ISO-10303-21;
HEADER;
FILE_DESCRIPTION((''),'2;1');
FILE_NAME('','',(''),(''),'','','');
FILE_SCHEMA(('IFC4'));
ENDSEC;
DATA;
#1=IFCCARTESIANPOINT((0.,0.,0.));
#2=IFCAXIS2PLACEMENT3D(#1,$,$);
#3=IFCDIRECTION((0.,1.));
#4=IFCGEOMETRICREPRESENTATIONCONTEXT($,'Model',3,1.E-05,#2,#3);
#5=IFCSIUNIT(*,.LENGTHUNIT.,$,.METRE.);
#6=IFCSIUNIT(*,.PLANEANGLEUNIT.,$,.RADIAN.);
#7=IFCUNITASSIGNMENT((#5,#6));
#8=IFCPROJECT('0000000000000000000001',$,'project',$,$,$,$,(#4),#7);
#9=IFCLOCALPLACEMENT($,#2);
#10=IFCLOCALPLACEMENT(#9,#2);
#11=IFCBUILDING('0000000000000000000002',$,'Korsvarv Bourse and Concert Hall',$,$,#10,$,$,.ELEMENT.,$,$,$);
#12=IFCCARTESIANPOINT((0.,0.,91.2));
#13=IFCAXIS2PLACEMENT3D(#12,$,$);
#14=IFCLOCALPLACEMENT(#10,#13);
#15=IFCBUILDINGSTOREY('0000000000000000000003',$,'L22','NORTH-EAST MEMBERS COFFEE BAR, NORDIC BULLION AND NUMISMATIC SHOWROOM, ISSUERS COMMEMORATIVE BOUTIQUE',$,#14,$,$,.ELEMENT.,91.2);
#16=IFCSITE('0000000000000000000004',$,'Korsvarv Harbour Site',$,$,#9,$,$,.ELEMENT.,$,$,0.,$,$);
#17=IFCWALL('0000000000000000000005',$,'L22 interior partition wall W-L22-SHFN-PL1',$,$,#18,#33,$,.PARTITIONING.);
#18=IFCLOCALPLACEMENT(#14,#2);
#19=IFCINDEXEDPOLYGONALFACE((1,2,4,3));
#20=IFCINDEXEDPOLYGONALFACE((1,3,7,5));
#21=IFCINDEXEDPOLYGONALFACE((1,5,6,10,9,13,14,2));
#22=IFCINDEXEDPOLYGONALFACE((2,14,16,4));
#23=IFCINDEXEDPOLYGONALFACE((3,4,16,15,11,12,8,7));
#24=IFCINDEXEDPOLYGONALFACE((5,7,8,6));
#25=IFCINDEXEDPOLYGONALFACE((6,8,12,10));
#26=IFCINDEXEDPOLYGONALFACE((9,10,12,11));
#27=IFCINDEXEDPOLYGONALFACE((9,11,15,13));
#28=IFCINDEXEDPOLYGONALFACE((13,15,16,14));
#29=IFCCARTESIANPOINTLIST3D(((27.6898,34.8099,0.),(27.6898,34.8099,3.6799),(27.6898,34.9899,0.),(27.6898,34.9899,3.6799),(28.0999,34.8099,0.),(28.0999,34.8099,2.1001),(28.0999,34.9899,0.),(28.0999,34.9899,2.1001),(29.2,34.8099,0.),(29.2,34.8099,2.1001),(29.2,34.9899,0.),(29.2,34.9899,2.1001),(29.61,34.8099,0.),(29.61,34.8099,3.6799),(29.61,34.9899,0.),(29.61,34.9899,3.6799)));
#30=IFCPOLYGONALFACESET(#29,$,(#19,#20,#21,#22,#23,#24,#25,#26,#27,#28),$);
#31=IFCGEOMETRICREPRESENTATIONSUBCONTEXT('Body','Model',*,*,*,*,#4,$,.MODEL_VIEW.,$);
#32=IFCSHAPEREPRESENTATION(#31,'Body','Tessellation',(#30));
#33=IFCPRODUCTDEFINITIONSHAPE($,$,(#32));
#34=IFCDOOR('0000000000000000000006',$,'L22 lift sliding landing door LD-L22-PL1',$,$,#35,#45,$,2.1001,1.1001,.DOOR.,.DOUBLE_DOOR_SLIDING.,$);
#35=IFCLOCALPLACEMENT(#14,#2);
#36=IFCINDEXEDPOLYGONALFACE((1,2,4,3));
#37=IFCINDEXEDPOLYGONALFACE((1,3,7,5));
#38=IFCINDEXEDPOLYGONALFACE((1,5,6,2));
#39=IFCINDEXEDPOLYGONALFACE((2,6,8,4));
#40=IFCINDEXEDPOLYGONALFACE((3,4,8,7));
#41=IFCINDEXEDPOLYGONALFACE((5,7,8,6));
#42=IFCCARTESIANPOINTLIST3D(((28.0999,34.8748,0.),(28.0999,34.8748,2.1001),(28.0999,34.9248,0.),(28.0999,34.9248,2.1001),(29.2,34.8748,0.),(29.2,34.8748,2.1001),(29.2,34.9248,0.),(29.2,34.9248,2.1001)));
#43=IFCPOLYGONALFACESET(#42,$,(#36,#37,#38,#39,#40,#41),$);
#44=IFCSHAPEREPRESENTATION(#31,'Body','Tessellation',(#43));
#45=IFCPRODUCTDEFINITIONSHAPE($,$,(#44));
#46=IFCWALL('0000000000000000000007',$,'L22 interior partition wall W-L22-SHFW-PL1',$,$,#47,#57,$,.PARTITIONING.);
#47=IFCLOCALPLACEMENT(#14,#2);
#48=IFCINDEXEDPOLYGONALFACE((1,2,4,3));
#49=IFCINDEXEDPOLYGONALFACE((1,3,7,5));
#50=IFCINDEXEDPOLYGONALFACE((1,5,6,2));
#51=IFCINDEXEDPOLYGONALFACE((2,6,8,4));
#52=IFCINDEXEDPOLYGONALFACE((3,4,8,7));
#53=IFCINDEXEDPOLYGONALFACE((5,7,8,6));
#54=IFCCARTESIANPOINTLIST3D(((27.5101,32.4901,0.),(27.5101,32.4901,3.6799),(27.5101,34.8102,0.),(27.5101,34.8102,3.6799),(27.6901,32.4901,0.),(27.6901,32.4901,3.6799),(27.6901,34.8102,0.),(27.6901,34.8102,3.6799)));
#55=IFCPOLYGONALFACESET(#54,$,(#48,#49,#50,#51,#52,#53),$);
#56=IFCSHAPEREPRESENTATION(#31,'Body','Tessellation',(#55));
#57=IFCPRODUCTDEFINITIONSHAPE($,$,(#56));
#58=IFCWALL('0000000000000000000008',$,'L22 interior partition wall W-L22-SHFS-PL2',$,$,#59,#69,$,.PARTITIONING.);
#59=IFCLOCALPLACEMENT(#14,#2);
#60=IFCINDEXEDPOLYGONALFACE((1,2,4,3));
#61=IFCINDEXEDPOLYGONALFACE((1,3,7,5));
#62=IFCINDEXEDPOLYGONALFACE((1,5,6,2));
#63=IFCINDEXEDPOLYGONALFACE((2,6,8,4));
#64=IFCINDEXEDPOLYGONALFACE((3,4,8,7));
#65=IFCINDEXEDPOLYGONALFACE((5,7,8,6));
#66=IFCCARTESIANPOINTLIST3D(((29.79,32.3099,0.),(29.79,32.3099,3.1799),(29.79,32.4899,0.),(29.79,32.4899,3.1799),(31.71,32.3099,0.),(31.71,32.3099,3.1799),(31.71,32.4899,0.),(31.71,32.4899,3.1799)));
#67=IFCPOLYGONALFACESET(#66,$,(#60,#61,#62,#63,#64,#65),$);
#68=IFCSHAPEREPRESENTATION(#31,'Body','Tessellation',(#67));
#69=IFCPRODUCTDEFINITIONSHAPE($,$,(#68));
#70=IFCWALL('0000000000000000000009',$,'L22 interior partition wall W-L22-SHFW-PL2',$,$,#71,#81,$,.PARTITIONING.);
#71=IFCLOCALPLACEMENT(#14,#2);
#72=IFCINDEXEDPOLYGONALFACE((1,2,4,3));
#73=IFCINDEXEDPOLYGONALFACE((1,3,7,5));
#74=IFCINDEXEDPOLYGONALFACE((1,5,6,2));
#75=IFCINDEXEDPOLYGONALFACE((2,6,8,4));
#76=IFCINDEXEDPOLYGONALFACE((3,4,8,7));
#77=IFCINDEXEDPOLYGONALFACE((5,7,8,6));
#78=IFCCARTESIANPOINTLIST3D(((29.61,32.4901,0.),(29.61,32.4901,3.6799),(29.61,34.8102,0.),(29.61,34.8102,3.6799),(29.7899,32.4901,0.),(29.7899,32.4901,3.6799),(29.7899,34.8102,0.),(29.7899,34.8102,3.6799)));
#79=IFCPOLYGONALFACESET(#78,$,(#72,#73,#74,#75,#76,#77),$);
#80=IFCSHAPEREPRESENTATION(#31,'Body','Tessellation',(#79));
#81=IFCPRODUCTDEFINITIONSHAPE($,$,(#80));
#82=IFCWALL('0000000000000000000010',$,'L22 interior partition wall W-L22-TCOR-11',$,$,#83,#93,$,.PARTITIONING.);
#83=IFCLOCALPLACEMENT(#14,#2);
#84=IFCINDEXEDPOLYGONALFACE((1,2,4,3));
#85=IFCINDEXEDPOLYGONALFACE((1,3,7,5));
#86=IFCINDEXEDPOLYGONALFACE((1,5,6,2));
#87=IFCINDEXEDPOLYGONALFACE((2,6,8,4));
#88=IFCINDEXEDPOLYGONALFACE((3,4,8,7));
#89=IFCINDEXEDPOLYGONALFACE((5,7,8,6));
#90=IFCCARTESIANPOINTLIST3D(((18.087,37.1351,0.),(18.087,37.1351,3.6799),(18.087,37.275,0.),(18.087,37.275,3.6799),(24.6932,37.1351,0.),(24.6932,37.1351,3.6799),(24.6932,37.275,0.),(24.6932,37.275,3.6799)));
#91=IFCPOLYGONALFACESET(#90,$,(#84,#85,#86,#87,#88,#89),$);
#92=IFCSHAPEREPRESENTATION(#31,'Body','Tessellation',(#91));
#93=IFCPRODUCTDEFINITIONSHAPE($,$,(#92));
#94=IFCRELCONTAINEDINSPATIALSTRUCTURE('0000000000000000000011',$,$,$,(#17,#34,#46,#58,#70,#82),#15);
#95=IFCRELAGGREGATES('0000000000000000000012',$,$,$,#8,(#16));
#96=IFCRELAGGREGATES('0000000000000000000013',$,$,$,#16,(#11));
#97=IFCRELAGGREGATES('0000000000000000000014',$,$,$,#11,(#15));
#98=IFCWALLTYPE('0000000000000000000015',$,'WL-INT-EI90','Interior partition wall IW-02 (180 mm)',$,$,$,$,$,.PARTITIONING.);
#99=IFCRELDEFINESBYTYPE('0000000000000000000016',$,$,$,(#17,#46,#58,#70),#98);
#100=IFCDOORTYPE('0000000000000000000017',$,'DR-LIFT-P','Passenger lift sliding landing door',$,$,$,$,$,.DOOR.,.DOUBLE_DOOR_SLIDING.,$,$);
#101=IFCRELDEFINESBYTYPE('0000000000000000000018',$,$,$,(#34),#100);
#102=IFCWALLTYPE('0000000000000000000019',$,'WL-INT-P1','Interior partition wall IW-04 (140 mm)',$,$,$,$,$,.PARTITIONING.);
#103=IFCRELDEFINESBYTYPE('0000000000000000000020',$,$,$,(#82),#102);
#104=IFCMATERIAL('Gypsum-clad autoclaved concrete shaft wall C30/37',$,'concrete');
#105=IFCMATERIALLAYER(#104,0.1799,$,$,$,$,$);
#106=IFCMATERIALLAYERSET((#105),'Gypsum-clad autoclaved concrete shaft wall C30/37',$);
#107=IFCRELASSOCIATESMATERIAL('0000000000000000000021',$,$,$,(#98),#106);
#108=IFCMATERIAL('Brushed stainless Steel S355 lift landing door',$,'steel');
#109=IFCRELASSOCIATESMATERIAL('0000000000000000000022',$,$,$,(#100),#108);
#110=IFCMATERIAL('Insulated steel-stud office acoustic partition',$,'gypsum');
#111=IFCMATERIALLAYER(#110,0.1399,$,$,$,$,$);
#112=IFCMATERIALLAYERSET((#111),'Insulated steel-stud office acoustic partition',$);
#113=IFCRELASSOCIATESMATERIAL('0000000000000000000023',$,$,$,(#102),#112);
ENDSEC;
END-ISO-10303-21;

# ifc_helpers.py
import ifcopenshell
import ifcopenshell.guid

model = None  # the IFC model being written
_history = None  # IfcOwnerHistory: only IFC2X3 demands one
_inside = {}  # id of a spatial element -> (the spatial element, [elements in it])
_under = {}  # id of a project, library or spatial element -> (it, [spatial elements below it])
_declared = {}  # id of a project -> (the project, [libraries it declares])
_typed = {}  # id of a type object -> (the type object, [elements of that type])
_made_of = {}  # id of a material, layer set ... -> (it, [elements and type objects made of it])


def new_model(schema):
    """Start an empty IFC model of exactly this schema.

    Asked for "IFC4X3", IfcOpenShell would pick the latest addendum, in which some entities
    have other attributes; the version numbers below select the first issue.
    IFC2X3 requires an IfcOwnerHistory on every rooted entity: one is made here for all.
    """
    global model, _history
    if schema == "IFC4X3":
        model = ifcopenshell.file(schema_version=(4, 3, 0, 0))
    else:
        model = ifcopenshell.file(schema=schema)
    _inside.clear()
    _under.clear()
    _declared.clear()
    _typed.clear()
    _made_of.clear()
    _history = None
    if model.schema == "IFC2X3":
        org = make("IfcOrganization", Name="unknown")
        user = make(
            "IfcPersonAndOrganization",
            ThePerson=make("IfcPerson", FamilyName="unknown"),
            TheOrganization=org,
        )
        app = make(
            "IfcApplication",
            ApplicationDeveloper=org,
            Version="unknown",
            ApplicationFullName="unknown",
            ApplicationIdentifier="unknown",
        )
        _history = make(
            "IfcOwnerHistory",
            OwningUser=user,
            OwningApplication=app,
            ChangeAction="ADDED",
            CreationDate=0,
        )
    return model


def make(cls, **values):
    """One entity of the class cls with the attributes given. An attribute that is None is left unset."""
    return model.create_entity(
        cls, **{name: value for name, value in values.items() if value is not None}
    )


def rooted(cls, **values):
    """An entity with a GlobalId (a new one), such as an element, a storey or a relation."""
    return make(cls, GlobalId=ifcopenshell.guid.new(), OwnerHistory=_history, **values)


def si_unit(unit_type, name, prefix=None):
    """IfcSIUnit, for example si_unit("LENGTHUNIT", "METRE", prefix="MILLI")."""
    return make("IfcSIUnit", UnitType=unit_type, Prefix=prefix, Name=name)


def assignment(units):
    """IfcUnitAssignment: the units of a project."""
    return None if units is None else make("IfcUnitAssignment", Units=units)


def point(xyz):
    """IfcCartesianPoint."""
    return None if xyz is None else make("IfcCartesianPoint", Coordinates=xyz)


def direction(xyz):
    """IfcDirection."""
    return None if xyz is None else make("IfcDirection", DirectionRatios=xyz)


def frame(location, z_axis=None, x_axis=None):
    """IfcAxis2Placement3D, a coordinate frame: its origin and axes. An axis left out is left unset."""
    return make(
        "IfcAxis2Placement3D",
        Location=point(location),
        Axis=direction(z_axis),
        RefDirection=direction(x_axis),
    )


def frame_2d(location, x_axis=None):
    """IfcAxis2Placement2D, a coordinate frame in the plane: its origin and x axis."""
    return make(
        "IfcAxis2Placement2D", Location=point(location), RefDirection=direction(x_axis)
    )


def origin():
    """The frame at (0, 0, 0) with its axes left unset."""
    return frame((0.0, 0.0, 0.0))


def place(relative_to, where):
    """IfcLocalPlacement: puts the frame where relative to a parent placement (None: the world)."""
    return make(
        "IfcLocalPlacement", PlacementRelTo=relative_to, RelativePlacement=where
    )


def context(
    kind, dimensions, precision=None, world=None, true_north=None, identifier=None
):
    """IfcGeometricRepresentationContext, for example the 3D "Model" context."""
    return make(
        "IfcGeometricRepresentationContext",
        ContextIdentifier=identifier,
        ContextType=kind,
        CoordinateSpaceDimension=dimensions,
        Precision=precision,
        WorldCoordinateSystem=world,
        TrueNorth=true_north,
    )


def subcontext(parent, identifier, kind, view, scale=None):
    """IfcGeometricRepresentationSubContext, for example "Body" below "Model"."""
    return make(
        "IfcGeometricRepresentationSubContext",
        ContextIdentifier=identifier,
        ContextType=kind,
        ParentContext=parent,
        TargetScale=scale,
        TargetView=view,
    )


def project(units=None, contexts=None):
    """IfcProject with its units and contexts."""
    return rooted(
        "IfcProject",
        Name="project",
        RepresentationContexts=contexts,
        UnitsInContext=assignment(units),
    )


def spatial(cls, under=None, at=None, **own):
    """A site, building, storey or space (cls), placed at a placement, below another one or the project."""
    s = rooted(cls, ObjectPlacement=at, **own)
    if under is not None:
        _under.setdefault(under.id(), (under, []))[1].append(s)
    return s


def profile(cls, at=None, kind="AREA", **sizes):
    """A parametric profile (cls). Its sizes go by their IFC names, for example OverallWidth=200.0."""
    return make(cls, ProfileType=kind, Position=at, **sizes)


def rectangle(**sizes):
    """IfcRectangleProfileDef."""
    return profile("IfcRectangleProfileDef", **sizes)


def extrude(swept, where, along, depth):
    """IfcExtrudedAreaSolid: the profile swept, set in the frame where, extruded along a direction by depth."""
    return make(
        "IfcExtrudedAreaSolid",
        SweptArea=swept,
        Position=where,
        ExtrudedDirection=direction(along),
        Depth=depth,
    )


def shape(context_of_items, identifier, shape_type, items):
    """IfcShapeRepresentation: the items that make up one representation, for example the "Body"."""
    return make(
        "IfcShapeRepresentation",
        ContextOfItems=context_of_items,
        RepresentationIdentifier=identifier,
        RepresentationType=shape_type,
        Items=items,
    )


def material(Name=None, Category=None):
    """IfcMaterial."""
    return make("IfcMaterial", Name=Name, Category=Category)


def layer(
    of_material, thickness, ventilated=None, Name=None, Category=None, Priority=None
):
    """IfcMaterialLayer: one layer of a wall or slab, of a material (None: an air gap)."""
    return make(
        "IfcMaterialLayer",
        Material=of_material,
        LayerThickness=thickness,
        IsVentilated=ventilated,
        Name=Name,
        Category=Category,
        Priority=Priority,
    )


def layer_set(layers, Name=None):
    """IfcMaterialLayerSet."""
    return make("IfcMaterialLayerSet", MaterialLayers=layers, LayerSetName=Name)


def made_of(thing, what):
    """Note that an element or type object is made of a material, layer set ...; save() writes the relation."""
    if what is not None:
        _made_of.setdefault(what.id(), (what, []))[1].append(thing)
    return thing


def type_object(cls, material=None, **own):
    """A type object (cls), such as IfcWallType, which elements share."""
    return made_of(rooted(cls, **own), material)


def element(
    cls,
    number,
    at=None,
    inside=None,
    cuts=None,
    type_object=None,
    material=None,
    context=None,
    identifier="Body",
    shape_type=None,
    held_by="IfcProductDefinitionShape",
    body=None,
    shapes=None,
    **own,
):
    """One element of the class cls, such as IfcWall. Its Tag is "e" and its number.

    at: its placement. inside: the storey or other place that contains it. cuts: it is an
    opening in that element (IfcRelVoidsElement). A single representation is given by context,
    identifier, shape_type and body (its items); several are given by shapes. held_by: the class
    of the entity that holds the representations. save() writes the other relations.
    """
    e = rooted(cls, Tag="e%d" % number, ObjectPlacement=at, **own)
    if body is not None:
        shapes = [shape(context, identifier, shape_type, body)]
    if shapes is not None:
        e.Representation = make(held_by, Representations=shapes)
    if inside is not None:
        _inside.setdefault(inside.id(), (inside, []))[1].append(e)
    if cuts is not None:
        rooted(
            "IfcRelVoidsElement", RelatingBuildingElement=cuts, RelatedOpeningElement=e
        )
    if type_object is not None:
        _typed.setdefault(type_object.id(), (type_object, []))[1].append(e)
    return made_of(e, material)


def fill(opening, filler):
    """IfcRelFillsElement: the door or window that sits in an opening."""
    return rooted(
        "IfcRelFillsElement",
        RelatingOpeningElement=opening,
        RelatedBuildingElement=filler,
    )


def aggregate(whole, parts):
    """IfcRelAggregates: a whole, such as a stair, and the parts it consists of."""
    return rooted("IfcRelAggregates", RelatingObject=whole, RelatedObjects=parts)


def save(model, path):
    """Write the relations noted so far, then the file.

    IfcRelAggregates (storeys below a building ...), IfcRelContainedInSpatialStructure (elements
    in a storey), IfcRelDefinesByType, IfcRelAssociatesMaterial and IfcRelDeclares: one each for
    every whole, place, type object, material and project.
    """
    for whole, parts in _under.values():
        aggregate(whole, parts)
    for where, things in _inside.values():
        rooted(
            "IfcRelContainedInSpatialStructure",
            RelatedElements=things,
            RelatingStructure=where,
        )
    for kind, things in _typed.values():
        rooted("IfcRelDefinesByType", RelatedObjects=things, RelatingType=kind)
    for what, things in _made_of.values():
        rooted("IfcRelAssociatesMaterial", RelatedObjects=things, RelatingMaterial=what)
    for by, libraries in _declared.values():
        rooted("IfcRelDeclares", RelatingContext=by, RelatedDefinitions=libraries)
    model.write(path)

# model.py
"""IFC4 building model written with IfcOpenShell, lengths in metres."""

from ifc_helpers import new_model, si_unit, direction, frame, frame_2d, origin, place, context, subcontext, project, spatial, rectangle, extrude, material, layer, layer_set, type_object, element, fill, save


model = new_model("IFC4")

# Units and contexts
model_context = context("Model", 3, precision=1e-05, world=origin(), true_north=direction((0.0, 1.0)))
body_context = subcontext(model_context, "Body", "Model", "MODEL_VIEW")
ifc_project = project(units=[si_unit("LENGTHUNIT", "METRE"), si_unit("PLANEANGLEUNIT", "RADIAN")], contexts=[model_context])

# Site, building, storey
site_placement = place(None, origin())
site = spatial("IfcSite", under=ifc_project, at=site_placement, Name="Korsvarv Harbour Site", CompositionType="ELEMENT", RefElevation=0.0)
building_placement = place(site_placement, origin())
building = spatial("IfcBuilding", under=site, at=building_placement, Name="Korsvarv Bourse and Concert Hall", CompositionType="ELEMENT")
storey_placement = place(building_placement, frame((0.0, 0.0, 91.2)))
storey = spatial("IfcBuildingStorey", under=building, at=storey_placement, Name="L22", Description="NORTH-EAST MEMBERS COFFEE BAR, NORDIC BULLION AND NUMISMATIC SHOWROOM, ISSUERS COMMEMORATIVE BOUTIQUE", CompositionType="ELEMENT", Elevation=91.2)

# Wall, opening, door
ifc_material_1 = material(Name="Gypsum-clad autoclaved concrete shaft wall C30/37", Category="concrete")
ifc_layer_1 = layer(ifc_material_1, 0.1799)
ifc_layer_set_1 = layer_set([ifc_layer_1], Name="Gypsum-clad autoclaved concrete shaft wall C30/37")
wall_type_1 = type_object("IfcWallType", Name="WL-INT-EI90", Description="Interior partition wall IW-02 (180 mm)", PredefinedType="PARTITIONING", material=ifc_layer_set_1)
wall_1_placement = place(storey_placement, frame((27.6899, 34.8999, 0.0), z_axis=(0.0, 0.0, 1.0), x_axis=(1.0, 0.0, 0.0)))
wall_1 = element("IfcWall", 1, at=wall_1_placement, inside=storey, type_object=wall_type_1, Name="L22 interior partition wall W-L22-SHFN-PL1", PredefinedType="PARTITIONING", context=body_context, shape_type="SweptSolid", body=[
    extrude(rectangle(XDim=1.9202, YDim=0.1799, at=frame_2d((0.96, 0.0))), origin(), (0.0, 0.0, 1.0), 3.6799),
])
opening_1_placement = place(wall_1_placement, frame((0.4099, 0.0, 0.0)))
opening_1 = element("IfcOpeningElement", 2, at=opening_1_placement, cuts=wall_1, PredefinedType="OPENING", context=body_context, shape_type="SweptSolid", body=[
    extrude(rectangle(XDim=1.1001, YDim=2.1001, at=frame_2d((0.55, 1.05))), frame((0.0, 0.1001, 0.0), z_axis=(0.0, -1.0, 0.0), x_axis=(1.0, 0.0, 0.0)), (0.0, 0.0, 1.0), 0.2),
])
ifc_material_2 = material(Name="Brushed stainless Steel S355 lift landing door", Category="steel")
door_type_1 = type_object("IfcDoorType", Name="DR-LIFT-P", Description="Passenger lift sliding landing door", OperationType="DOUBLE_DOOR_SLIDING", PredefinedType="DOOR", material=ifc_material_2)
door_1_placement = place(opening_1_placement, origin())
door_1 = element("IfcDoor", 3, at=door_1_placement, inside=storey, type_object=door_type_1, Name="L22 lift sliding landing door LD-L22-PL1", OperationType="DOUBLE_DOOR_SLIDING", OverallHeight=2.1001, OverallWidth=1.1001, PredefinedType="DOOR", context=body_context, shape_type="SweptSolid", body=[
    extrude(rectangle(XDim=1.1001, YDim=2.1001, at=frame_2d((0.55, 1.05))), frame((0.0, 0.0249, 0.0), z_axis=(0.0, -1.0, 0.0), x_axis=(1.0, 0.0, 0.0)), (0.0, 0.0, 1.0), 0.05),
])
fill(opening_1, door_1)

# Walls
wall_2_placement = place(storey_placement, frame((27.6001, 32.49, 0.0), z_axis=(0.0, 0.0, 1.0), x_axis=(0.0, 1.0, 0.0)))
element("IfcWall", 4, at=wall_2_placement, inside=storey, type_object=wall_type_1, Name="L22 interior partition wall W-L22-SHFW-PL1", PredefinedType="PARTITIONING", context=body_context, shape_type="SweptSolid", body=[
    extrude(rectangle(XDim=2.3201, YDim=0.1799, at=frame_2d((1.1602, 0.0))), origin(), (0.0, 0.0, 1.0), 3.6799),
])
wall_3_placement = place(storey_placement, frame((29.79, 32.3999, 0.0), z_axis=(0.0, 0.0, 1.0), x_axis=(1.0, 0.0, 0.0)))
element("IfcWall", 5, at=wall_3_placement, inside=storey, type_object=wall_type_1, Name="L22 interior partition wall W-L22-SHFS-PL2", PredefinedType="PARTITIONING", context=body_context, shape_type="SweptSolid", body=[
    extrude(rectangle(XDim=1.9199, YDim=0.1799, at=frame_2d((0.96, 0.0))), origin(), (0.0, 0.0, 1.0), 3.1799),
])
wall_4_placement = place(storey_placement, frame((29.7, 32.49, 0.0), z_axis=(0.0, 0.0, 1.0), x_axis=(0.0, 1.0, 0.0)))
element("IfcWall", 6, at=wall_4_placement, inside=storey, type_object=wall_type_1, Name="L22 interior partition wall W-L22-SHFW-PL2", PredefinedType="PARTITIONING", context=body_context, shape_type="SweptSolid", body=[
    extrude(rectangle(XDim=2.3201, YDim=0.1799, at=frame_2d((1.1602, 0.0))), origin(), (0.0, 0.0, 1.0), 3.6799),
])
ifc_material_3 = material(Name="Insulated steel-stud office acoustic partition", Category="gypsum")
ifc_layer_2 = layer(ifc_material_3, 0.1399)
ifc_layer_set_2 = layer_set([ifc_layer_2], Name="Insulated steel-stud office acoustic partition")
wall_type_2 = type_object("IfcWallType", Name="WL-INT-P1", Description="Interior partition wall IW-04 (140 mm)", PredefinedType="PARTITIONING", material=ifc_layer_set_2)
wall_5_placement = place(storey_placement, frame((18.0869, 37.2051, 0.0), z_axis=(0.0, 0.0, 1.0), x_axis=(1.0, 0.0, 0.0)))
element("IfcWall", 7, at=wall_5_placement, inside=storey, type_object=wall_type_2, Name="L22 interior partition wall W-L22-TCOR-11", PredefinedType="PARTITIONING", context=body_context, shape_type="SweptSolid", body=[
    extrude(rectangle(XDim=6.6062, YDim=0.1399, at=frame_2d((3.3032, 0.0))), origin(), (0.0, 0.0, 1.0), 3.6799),
])

save(model, "model.ifc")
